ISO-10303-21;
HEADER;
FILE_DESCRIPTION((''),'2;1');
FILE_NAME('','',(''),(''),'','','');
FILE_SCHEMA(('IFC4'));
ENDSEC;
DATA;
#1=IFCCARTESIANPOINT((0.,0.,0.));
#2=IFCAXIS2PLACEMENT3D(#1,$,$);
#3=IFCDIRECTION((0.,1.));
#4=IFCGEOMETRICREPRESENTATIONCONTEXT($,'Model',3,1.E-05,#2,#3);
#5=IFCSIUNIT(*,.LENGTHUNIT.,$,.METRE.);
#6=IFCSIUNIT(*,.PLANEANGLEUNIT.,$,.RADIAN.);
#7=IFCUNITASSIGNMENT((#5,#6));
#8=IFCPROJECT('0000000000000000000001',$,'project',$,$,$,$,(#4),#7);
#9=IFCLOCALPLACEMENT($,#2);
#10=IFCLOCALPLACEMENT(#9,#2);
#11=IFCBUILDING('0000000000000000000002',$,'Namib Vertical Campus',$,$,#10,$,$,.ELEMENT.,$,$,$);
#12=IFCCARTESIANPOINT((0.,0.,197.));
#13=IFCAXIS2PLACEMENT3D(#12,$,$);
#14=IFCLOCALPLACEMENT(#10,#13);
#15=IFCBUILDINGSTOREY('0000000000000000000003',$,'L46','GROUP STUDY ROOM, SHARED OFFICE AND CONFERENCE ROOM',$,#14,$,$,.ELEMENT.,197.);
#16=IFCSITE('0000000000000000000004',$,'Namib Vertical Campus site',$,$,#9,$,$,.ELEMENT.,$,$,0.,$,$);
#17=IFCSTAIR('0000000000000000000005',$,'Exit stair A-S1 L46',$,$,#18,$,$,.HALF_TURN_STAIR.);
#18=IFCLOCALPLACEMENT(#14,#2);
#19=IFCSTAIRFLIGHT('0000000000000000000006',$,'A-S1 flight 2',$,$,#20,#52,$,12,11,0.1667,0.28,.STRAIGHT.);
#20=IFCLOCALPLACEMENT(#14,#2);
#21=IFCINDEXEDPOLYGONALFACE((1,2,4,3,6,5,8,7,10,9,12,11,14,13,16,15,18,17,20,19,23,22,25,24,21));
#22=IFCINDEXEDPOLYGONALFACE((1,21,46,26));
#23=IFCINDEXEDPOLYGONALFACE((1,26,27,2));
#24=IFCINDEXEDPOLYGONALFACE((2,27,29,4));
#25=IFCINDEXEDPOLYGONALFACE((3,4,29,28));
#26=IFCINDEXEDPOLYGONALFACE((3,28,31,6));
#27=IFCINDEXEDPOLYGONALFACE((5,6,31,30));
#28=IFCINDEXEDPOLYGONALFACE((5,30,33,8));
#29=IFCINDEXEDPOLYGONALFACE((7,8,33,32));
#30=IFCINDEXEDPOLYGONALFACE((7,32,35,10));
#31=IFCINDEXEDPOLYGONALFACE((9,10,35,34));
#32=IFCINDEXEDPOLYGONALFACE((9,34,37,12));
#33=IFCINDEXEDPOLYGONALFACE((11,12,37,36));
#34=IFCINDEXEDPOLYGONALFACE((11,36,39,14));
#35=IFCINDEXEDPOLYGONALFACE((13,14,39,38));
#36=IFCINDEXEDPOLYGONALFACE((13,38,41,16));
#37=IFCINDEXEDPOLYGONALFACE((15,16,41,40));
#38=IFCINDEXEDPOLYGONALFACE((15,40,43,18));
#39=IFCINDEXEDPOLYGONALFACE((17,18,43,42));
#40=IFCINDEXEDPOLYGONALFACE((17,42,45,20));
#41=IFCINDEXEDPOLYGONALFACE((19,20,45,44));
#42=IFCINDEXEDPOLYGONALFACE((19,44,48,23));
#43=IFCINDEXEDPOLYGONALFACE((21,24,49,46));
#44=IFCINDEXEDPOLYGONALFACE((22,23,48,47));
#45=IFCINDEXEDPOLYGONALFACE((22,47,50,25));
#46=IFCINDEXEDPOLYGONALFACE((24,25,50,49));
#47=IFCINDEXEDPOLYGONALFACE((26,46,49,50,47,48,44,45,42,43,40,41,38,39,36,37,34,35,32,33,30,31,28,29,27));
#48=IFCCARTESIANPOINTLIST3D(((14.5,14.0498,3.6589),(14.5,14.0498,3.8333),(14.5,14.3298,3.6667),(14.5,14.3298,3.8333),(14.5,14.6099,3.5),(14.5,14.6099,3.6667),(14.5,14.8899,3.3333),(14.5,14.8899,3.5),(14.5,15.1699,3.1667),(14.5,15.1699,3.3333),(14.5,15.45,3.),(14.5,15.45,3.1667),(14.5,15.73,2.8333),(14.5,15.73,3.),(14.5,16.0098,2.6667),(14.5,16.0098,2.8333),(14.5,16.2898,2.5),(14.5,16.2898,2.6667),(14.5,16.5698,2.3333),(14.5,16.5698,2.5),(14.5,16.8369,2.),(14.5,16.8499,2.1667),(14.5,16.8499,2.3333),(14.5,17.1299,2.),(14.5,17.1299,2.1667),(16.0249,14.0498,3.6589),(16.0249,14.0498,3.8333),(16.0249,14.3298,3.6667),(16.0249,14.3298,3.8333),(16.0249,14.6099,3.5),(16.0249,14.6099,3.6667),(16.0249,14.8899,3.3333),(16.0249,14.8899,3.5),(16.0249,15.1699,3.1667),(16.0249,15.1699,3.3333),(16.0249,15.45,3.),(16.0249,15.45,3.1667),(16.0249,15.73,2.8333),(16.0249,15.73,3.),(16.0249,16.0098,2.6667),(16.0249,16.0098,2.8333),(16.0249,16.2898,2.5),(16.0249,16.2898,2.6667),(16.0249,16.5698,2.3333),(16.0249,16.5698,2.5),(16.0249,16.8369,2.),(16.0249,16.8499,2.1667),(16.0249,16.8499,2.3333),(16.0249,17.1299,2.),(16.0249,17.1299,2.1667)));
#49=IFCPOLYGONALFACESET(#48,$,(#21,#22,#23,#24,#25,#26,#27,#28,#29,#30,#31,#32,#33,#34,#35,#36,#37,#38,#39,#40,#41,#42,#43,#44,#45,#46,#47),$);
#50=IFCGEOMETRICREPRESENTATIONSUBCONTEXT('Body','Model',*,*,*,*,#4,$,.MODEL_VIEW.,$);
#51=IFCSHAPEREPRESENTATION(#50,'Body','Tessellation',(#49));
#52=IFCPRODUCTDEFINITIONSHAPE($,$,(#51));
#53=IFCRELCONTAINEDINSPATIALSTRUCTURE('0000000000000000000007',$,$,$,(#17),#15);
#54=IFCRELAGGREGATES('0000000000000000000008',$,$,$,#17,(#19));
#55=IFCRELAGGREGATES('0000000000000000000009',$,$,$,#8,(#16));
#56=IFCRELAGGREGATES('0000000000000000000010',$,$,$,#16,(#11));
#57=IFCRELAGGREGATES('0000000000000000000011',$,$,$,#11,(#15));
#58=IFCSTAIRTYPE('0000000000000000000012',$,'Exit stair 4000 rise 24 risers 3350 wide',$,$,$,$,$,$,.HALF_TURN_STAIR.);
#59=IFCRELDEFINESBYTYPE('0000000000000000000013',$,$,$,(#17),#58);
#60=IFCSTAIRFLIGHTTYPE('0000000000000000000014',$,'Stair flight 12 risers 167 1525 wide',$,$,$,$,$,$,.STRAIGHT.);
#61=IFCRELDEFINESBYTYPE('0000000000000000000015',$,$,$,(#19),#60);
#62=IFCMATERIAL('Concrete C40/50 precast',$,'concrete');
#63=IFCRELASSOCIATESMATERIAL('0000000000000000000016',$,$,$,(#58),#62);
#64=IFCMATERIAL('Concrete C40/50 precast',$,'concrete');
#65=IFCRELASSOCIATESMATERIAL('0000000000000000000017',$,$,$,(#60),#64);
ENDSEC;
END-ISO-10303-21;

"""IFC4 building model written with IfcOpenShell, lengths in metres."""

from ifc_helpers import new_model, si_unit, direction, frame, origin, place, context, subcontext, project, spatial, polyline, outline, extrude, material, type_object, element, aggregate, save


model = new_model("IFC4")

# Units and contexts
model_context = context("Model", 3, precision=1e-05, world=origin(), true_north=direction((0.0, 1.0)))
body_context = subcontext(model_context, "Body", "Model", "MODEL_VIEW")
ifc_project = project(units=[si_unit("LENGTHUNIT", "METRE"), si_unit("PLANEANGLEUNIT", "RADIAN")], contexts=[model_context])

# Site, building, storey
site_placement = place(None, origin())
site = spatial("IfcSite", under=ifc_project, at=site_placement, Name="Namib Vertical Campus site", CompositionType="ELEMENT", RefElevation=0.0)
building_placement = place(site_placement, origin())
building = spatial("IfcBuilding", under=site, at=building_placement, Name="Namib Vertical Campus", CompositionType="ELEMENT")
storey_placement = place(building_placement, frame((0.0, 0.0, 197.0)))
storey = spatial("IfcBuildingStorey", under=building, at=storey_placement, Name="L46", Description="GROUP STUDY ROOM, SHARED OFFICE AND CONFERENCE ROOM", CompositionType="ELEMENT", Elevation=197.0)

# Stair, stair flight
ifc_material_1 = material(Name="Concrete C40/50 precast", Category="concrete")
stair_type = type_object("IfcStairType", Name="Exit stair 4000 rise 24 risers 3350 wide", PredefinedType="HALF_TURN_STAIR", material=ifc_material_1)
stair_placement = place(storey_placement, origin())
stair = element("IfcStair", 1, at=stair_placement, inside=storey, type_object=stair_type, Name="Exit stair A-S1 L46", PredefinedType="HALF_TURN_STAIR")
ifc_material_2 = material(Name="Concrete C40/50 precast", Category="concrete")
stair_flight_type = type_object("IfcStairFlightType", Name="Stair flight 12 risers 167 1525 wide", PredefinedType="STRAIGHT", material=ifc_material_2)
stair_flight_placement = place(storey_placement, frame((15.2625, 17.1299, 2.0), z_axis=(0.0, 0.0, 1.0), x_axis=(0.0, -1.0, 0.0)))
stair_flight = element("IfcStairFlight", 2, at=stair_flight_placement, type_object=stair_flight_type, Name="A-S1 flight 2", NumberOfRisers=12, NumberOfTreads=11, PredefinedType="STRAIGHT", RiserHeight=0.1667, TreadLength=0.28, context=body_context, shape_type="SweptSolid", body=[
    extrude(outline(polyline([(0.0, 0.0), (0.0, 0.1667), (0.28, 0.1667), (0.28, 0.3333), (0.5601, 0.3333), (0.5601, 0.5), (0.8401, 0.5), (0.8401, 0.6667), (1.1201, 0.6667), (1.1201, 0.8333), (1.3999, 0.8333), (1.3999, 1.0), (1.6799, 1.0), (1.6799, 1.1667), (1.96, 1.1667), (1.96, 1.3333), (2.24, 1.3333), (2.24, 1.5), (2.52, 1.5), (2.52, 1.6667), (2.8, 1.6667), (2.8, 1.8333), (3.0801, 1.8333), (3.0801, 2.0), (3.0801, 1.6589), (0.293, 0.0), (0.0, 0.0)])), frame((0.0, 0.7625, 0.0), z_axis=(0.0, -1.0, 0.0), x_axis=(1.0, 0.0, 0.0)), (0.0, 0.0, 1.0), 1.5249),
])
aggregate(stair, [stair_flight])

save(model, "model.ifc")
